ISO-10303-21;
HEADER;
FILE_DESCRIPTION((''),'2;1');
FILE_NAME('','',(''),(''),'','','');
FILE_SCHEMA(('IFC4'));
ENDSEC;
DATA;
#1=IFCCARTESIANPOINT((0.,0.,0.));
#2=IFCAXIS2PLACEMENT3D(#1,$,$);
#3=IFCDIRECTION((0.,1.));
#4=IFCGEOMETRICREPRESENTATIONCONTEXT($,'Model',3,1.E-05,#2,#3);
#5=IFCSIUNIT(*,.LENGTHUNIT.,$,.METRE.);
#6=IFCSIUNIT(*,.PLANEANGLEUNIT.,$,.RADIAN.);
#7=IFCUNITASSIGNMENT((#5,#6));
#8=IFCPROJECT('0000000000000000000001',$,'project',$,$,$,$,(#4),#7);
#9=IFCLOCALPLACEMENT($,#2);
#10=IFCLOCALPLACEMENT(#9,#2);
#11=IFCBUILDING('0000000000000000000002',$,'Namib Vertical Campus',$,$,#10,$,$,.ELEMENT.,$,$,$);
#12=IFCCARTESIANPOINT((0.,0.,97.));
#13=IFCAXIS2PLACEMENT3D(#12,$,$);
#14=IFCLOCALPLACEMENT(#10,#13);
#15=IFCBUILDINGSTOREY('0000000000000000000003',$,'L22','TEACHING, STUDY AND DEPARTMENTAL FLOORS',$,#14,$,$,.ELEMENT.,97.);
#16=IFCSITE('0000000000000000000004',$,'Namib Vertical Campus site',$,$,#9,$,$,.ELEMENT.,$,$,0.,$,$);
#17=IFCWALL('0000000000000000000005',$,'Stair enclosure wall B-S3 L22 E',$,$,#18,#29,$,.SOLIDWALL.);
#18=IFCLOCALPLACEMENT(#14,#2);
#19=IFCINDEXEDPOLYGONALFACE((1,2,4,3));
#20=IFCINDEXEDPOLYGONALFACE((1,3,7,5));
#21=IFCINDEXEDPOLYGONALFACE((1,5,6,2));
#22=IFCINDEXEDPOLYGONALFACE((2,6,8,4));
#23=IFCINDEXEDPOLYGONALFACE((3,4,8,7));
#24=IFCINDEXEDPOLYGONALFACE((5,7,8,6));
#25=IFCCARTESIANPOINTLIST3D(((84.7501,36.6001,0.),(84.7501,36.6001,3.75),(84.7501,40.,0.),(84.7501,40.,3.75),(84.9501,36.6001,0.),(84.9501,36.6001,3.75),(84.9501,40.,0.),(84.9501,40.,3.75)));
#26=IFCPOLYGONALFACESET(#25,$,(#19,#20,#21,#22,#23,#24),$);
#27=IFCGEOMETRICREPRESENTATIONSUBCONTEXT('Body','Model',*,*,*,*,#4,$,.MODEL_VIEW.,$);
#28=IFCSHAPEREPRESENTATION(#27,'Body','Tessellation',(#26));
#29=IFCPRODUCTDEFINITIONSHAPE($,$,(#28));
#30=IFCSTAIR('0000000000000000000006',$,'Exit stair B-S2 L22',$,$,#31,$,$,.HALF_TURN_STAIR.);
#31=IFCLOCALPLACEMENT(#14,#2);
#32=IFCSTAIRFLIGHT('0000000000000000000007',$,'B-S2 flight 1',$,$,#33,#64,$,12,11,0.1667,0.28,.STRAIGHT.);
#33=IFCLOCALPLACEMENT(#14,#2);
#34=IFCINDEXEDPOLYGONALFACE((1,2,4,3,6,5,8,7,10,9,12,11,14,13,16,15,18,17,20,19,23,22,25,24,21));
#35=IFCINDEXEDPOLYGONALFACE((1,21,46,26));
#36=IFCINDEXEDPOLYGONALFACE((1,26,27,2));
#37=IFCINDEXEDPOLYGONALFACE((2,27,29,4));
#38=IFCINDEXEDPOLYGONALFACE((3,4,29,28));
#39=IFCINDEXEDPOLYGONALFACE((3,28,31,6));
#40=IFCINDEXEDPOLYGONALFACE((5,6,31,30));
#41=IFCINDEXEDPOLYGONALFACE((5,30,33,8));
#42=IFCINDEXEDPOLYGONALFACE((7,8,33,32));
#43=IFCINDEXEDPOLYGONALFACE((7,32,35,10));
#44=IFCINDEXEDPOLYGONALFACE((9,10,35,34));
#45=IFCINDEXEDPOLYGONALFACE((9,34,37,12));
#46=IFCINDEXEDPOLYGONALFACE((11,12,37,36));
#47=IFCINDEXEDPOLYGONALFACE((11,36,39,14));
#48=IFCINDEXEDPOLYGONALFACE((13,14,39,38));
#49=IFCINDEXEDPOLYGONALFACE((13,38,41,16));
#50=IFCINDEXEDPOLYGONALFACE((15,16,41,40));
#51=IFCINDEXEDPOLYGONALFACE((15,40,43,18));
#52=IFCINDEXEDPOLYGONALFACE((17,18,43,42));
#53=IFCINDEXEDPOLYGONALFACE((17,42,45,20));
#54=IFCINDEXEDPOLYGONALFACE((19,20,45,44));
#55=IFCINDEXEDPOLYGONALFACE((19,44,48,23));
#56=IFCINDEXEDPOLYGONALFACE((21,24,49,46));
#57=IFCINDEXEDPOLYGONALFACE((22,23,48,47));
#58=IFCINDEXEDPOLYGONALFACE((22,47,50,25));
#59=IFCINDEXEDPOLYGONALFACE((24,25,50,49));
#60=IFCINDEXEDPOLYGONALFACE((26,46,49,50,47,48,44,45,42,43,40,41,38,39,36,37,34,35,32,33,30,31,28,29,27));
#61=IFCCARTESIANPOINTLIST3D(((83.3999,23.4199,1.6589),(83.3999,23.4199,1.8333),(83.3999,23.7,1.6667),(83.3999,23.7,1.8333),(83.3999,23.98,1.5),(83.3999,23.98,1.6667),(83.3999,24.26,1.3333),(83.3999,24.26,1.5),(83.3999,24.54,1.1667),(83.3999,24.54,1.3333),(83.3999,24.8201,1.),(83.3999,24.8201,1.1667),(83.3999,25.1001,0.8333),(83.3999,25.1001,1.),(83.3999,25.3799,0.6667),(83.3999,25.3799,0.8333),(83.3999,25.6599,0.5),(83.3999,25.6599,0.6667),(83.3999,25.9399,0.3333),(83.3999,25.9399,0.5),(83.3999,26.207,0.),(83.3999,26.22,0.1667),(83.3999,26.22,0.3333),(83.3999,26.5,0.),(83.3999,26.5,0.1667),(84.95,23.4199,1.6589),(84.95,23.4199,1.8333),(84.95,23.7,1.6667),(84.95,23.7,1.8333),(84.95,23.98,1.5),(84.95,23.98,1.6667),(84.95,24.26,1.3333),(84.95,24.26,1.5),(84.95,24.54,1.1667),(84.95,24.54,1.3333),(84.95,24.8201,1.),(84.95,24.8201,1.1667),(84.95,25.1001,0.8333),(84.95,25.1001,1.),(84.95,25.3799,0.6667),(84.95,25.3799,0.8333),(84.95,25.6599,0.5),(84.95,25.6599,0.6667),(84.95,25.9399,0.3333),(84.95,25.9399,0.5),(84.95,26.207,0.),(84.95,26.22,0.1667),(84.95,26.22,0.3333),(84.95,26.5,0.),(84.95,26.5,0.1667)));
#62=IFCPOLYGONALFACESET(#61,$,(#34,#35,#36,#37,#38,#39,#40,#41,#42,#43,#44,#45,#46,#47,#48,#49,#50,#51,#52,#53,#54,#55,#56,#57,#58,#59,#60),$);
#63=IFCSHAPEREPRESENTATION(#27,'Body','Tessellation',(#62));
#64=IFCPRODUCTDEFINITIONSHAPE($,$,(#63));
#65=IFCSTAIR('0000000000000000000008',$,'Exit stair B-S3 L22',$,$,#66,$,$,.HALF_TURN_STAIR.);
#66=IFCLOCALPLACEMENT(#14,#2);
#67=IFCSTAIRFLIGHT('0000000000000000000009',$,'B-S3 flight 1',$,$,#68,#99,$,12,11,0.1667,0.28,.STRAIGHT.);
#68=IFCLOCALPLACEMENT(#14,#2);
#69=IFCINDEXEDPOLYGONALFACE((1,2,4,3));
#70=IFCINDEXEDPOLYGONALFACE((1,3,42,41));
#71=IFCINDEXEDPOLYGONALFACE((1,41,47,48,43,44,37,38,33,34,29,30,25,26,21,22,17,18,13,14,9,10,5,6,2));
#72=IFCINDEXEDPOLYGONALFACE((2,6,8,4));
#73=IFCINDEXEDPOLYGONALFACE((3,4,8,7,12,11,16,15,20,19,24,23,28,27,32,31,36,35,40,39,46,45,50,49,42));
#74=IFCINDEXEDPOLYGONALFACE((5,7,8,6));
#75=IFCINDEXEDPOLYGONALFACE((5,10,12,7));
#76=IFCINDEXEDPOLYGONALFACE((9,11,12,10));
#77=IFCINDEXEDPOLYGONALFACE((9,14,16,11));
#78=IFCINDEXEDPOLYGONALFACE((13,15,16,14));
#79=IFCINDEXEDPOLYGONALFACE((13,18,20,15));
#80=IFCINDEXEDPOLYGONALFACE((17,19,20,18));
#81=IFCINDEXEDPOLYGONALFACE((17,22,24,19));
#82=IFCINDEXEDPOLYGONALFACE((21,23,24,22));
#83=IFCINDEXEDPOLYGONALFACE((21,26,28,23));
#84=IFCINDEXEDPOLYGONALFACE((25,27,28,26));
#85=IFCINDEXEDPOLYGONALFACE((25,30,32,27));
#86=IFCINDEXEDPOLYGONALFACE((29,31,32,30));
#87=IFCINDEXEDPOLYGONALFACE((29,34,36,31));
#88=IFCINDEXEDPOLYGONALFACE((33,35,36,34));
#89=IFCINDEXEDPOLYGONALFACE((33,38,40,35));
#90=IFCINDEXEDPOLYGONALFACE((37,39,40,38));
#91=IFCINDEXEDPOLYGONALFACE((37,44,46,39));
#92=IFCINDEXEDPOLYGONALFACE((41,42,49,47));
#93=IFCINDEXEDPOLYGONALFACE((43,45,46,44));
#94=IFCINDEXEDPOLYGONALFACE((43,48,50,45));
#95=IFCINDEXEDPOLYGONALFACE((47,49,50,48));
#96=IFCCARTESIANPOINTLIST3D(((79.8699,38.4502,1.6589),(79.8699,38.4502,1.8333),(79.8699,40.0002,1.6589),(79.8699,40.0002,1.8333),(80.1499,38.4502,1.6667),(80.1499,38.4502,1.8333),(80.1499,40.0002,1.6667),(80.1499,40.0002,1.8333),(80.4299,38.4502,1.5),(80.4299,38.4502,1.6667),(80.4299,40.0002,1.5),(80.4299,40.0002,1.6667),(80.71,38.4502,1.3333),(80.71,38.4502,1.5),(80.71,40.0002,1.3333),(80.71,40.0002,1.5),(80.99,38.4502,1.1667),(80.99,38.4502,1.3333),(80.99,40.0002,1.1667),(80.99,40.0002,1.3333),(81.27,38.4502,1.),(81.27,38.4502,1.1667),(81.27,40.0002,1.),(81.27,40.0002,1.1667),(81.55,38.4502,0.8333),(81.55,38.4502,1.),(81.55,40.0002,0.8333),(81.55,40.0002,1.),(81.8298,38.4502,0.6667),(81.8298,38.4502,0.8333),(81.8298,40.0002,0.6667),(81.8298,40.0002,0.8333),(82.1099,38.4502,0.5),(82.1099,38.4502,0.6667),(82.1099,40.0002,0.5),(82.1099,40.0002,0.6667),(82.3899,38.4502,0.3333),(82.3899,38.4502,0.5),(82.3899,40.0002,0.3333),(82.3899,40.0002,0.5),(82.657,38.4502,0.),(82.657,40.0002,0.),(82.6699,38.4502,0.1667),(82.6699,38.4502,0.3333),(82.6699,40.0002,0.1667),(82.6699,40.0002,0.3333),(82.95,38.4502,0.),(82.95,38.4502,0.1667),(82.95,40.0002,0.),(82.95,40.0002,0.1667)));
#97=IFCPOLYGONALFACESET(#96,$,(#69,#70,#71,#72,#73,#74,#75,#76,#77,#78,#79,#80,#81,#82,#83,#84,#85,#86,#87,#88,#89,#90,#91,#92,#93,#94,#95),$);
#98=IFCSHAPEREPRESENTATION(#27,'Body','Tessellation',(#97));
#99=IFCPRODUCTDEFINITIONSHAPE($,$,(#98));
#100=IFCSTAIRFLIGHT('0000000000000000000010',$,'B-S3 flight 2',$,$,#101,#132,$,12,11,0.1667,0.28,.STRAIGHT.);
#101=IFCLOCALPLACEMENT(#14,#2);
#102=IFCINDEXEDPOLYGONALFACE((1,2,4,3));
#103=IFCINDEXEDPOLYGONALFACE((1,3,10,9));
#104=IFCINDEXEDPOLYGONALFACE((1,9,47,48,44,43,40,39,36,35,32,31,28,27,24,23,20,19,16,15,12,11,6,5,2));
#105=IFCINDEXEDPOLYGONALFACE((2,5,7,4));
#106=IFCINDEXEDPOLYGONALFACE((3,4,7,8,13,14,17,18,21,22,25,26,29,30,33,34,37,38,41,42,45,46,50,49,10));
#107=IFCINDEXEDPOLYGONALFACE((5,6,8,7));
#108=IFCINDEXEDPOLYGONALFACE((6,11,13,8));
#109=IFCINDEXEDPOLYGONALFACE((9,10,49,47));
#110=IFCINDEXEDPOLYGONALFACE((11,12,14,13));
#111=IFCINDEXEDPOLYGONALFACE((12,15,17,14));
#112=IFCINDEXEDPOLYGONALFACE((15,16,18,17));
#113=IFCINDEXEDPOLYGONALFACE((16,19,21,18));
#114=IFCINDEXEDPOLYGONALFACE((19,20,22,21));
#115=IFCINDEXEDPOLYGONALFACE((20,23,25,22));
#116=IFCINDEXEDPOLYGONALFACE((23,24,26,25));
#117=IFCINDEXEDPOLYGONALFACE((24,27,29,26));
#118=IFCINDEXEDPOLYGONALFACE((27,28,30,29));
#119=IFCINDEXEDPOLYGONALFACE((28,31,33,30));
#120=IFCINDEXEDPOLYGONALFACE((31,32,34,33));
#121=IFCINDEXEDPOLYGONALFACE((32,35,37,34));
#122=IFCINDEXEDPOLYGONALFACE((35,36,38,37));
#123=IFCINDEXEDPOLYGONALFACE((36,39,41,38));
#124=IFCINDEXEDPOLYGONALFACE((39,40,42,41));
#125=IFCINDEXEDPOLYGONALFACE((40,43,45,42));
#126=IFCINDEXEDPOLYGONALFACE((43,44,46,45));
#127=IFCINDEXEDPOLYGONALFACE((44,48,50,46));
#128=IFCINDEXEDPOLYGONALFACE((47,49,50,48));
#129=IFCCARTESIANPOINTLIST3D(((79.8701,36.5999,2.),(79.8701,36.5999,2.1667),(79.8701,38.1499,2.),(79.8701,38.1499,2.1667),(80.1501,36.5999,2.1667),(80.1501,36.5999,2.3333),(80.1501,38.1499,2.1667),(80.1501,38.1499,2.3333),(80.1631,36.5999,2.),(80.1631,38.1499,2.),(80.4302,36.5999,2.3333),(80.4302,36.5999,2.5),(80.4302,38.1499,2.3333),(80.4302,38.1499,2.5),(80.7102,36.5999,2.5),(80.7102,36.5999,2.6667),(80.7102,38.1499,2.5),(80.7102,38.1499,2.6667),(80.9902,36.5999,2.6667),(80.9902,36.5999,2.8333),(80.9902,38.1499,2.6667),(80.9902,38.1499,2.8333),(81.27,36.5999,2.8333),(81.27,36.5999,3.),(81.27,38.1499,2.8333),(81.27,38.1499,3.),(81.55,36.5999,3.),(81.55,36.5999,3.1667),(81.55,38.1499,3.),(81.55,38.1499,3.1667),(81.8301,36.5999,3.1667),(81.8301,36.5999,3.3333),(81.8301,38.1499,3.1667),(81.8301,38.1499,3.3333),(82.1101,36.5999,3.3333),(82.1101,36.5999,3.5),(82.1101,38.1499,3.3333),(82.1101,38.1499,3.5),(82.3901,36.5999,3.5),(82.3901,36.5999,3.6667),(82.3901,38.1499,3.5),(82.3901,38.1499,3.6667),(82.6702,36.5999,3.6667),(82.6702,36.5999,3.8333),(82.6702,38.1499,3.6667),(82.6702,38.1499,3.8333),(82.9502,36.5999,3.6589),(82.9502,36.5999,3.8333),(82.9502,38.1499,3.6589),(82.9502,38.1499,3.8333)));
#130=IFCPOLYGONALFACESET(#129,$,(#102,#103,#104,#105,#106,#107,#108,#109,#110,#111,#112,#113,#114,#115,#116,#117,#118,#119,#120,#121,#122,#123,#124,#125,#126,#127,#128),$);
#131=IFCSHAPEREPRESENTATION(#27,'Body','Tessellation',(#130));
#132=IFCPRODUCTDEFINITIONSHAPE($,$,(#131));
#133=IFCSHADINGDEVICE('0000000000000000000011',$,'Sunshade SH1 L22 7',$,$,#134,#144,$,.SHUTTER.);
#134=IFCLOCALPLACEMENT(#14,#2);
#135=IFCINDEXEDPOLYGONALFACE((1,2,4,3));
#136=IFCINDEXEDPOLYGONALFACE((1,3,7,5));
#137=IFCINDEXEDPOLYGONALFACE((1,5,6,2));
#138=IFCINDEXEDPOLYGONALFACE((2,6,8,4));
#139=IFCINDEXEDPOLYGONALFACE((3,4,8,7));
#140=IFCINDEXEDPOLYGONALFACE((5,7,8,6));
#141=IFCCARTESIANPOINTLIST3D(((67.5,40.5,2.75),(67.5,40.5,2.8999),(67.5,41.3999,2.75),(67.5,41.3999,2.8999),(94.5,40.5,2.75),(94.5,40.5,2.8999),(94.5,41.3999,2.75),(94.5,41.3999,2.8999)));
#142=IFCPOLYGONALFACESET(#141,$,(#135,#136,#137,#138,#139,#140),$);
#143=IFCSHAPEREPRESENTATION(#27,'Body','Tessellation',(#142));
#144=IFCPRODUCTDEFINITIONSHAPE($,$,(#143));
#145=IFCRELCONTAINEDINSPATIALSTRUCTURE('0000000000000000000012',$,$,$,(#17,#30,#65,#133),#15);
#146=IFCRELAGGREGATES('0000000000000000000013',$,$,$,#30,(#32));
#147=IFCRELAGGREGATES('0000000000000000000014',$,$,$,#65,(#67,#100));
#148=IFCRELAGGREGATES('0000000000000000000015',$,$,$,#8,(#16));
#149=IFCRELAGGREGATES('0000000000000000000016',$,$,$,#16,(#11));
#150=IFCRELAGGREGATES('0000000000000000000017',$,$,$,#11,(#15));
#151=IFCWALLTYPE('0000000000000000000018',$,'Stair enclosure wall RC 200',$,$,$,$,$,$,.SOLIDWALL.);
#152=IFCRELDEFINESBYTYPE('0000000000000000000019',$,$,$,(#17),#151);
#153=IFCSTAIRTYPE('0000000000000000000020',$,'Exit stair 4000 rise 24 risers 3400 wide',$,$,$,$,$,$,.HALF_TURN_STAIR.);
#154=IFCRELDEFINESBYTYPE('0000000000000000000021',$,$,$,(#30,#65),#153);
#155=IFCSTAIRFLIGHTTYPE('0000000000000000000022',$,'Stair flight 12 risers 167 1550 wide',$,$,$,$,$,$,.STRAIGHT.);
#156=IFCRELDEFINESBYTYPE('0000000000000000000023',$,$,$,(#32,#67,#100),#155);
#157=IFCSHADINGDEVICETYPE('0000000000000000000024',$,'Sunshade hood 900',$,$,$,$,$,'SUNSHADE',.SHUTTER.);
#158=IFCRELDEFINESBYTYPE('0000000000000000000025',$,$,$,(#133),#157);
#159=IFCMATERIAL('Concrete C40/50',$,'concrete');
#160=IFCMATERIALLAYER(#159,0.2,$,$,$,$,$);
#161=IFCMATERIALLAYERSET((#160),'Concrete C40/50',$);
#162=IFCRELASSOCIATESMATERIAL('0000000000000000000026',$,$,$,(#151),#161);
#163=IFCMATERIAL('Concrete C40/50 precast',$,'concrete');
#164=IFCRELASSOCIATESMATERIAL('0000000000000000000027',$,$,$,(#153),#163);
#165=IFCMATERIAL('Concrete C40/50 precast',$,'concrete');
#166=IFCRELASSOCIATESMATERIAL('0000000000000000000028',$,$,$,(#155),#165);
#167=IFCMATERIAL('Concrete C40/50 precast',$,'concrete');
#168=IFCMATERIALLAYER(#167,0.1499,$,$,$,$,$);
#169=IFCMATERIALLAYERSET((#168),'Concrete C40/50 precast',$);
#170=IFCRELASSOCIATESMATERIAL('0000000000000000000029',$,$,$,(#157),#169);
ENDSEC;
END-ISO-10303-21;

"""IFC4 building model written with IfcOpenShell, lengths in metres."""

from ifc_helpers import new_model, si_unit, direction, frame, frame_2d, origin, origin_2d, place, context, subcontext, project, spatial, polyline, rectangle, outline, extrude, material, layer, layer_set, type_object, element, aggregate, save


model = new_model("IFC4")

# Units and contexts
model_context = context("Model", 3, precision=1e-05, world=origin(), true_north=direction((0.0, 1.0)))
body_context = subcontext(model_context, "Body", "Model", "MODEL_VIEW")
ifc_project = project(units=[si_unit("LENGTHUNIT", "METRE"), si_unit("PLANEANGLEUNIT", "RADIAN")], contexts=[model_context])

# Site, building, storey
site_placement = place(None, origin())
site = spatial("IfcSite", under=ifc_project, at=site_placement, Name="Namib Vertical Campus site", CompositionType="ELEMENT", RefElevation=0.0)
building_placement = place(site_placement, origin())
building = spatial("IfcBuilding", under=site, at=building_placement, Name="Namib Vertical Campus", CompositionType="ELEMENT")
storey_placement = place(building_placement, frame((0.0, 0.0, 97.0)))
storey = spatial("IfcBuildingStorey", under=building, at=storey_placement, Name="L22", Description="TEACHING, STUDY AND DEPARTMENTAL FLOORS", CompositionType="ELEMENT", Elevation=97.0)

# Wall
ifc_material_1 = material(Name="Concrete C40/50", Category="concrete")
ifc_layer_1 = layer(ifc_material_1, 0.2)
ifc_layer_set_1 = layer_set([ifc_layer_1], Name="Concrete C40/50")
wall_type_1 = type_object("IfcWallType", Name="Stair enclosure wall RC 200", PredefinedType="SOLIDWALL", material=ifc_layer_set_1)
for number, where, z_axis, x_axis, name in (
    (1, (84.8501, 36.6001, 0.0), (0.0, 0.0, 1.0), (0.0, 1.0, 0.0), "Stair enclosure wall B-S3 L22 E"),
):
    element("IfcWall", number, at=place(storey_placement, frame(where, z_axis=z_axis, x_axis=x_axis)), inside=storey, type_object=wall_type_1, Name=name, PredefinedType="SOLIDWALL", context=body_context, shape_type="SweptSolid", body=[
        extrude(rectangle(XDim=3.3999, YDim=0.2, at=frame_2d((1.7, 0.0))), origin(), (0.0, 0.0, 1.0), 3.75),
    ])

# Stair, stair flight
ifc_material_2 = material(Name="Concrete C40/50 precast", Category="concrete")
stair_type = type_object("IfcStairType", Name="Exit stair 4000 rise 24 risers 3400 wide", PredefinedType="HALF_TURN_STAIR", material=ifc_material_2)
stair_1_placement = place(storey_placement, origin())
stair_1 = element("IfcStair", 2, at=stair_1_placement, inside=storey, type_object=stair_type, Name="Exit stair B-S2 L22", PredefinedType="HALF_TURN_STAIR")
ifc_material_3 = material(Name="Concrete C40/50 precast", Category="concrete")
stair_flight_type = type_object("IfcStairFlightType", Name="Stair flight 12 risers 167 1550 wide", PredefinedType="STRAIGHT", material=ifc_material_3)
stair_flight_1_placement = place(storey_placement, frame((84.175, 26.5, 0.0), z_axis=(0.0, 0.0, 1.0), x_axis=(0.0, -1.0, 0.0)))
stair_flight_1 = element("IfcStairFlight", 3, at=stair_flight_1_placement, type_object=stair_flight_type, Name="B-S2 flight 1", NumberOfRisers=12, NumberOfTreads=11, PredefinedType="STRAIGHT", RiserHeight=0.1667, TreadLength=0.28, context=body_context, shape_type="SweptSolid", body=[
    extrude(outline(polyline([(0.0, 0.0), (0.0, 0.1667), (0.28, 0.1667), (0.28, 0.3333), (0.5601, 0.3333), (0.5601, 0.5), (0.8401, 0.5), (0.8401, 0.6667), (1.1201, 0.6667), (1.1201, 0.8333), (1.3999, 0.8333), (1.3999, 1.0), (1.6799, 1.0), (1.6799, 1.1667), (1.96, 1.1667), (1.96, 1.3333), (2.24, 1.3333), (2.24, 1.5), (2.52, 1.5), (2.52, 1.6667), (2.8, 1.6667), (2.8, 1.8333), (3.0801, 1.8333), (3.0801, 2.0), (3.0801, 1.6589), (0.293, 0.0), (0.0, 0.0)])), frame((0.0, 0.7749, 0.0), z_axis=(0.0, -1.0, 0.0), x_axis=(1.0, 0.0, 0.0)), (0.0, 0.0, 1.0), 1.55),
])
aggregate(stair_1, [stair_flight_1])

# Stair, stair flights
stair_2_placement = place(storey_placement, origin())
stair_2 = element("IfcStair", 4, at=stair_2_placement, inside=storey, type_object=stair_type, Name="Exit stair B-S3 L22", PredefinedType="HALF_TURN_STAIR")
stair_flight_2_placement = place(storey_placement, frame((82.95, 39.2251, 0.0), z_axis=(0.0, 0.0, 1.0), x_axis=(-1.0, 0.0, 0.0)))
stair_flight_2 = element("IfcStairFlight", 5, at=stair_flight_2_placement, type_object=stair_flight_type, Name="B-S3 flight 1", NumberOfRisers=12, NumberOfTreads=11, PredefinedType="STRAIGHT", RiserHeight=0.1667, TreadLength=0.28, context=body_context, shape_type="SweptSolid", body=[
    extrude(outline(polyline([(0.0, 0.0), (0.0, 0.1667), (0.28, 0.1667), (0.28, 0.3333), (0.5601, 0.3333), (0.5601, 0.5), (0.8401, 0.5), (0.8401, 0.6667), (1.1201, 0.6667), (1.1201, 0.8333), (1.3999, 0.8333), (1.3999, 1.0), (1.6799, 1.0), (1.6799, 1.1667), (1.96, 1.1667), (1.96, 1.3333), (2.24, 1.3333), (2.24, 1.5), (2.52, 1.5), (2.52, 1.6667), (2.8, 1.6667), (2.8, 1.8333), (3.0801, 1.8333), (3.0801, 2.0), (3.0801, 1.6589), (0.293, 0.0), (0.0, 0.0)])), frame((0.0, 0.7749, 0.0), z_axis=(0.0, -1.0, 0.0), x_axis=(1.0, 0.0, 0.0)), (0.0, 0.0, 1.0), 1.55),
])
stair_flight_3_placement = place(storey_placement, frame((79.8701, 37.375, 2.0), z_axis=(0.0, 0.0, 1.0), x_axis=(1.0, 0.0, 0.0)))
stair_flight_3 = element("IfcStairFlight", 6, at=stair_flight_3_placement, type_object=stair_flight_type, Name="B-S3 flight 2", NumberOfRisers=12, NumberOfTreads=11, PredefinedType="STRAIGHT", RiserHeight=0.1667, TreadLength=0.28, context=body_context, shape_type="SweptSolid", body=[
    extrude(outline(polyline([(0.0, 0.0), (0.0, 0.1667), (0.28, 0.1667), (0.28, 0.3333), (0.5601, 0.3333), (0.5601, 0.5), (0.8401, 0.5), (0.8401, 0.6667), (1.1201, 0.6667), (1.1201, 0.8333), (1.3999, 0.8333), (1.3999, 1.0), (1.6799, 1.0), (1.6799, 1.1667), (1.96, 1.1667), (1.96, 1.3333), (2.24, 1.3333), (2.24, 1.5), (2.52, 1.5), (2.52, 1.6667), (2.8, 1.6667), (2.8, 1.8333), (3.0801, 1.8333), (3.0801, 2.0), (3.0801, 1.6589), (0.293, 0.0), (0.0, 0.0)])), frame((0.0, 0.7749, 0.0), z_axis=(0.0, -1.0, 0.0), x_axis=(1.0, 0.0, 0.0)), (0.0, 0.0, 1.0), 1.55),
])
aggregate(stair_2, [stair_flight_2, stair_flight_3])

# Shading device
ifc_material_4 = material(Name="Concrete C40/50 precast", Category="concrete")
ifc_layer_2 = layer(ifc_material_4, 0.1499)
ifc_layer_set_2 = layer_set([ifc_layer_2], Name="Concrete C40/50 precast")
shading_device_type = type_object("IfcShadingDeviceType", Name="Sunshade hood 900", ElementType="SUNSHADE", PredefinedType="SHUTTER", material=ifc_layer_set_2)
shading_device_placement = place(storey_placement, frame((81.0, 40.95, 2.75), z_axis=(0.0, 0.0, 1.0), x_axis=(-1.0, 0.0, 0.0)))
element("IfcShadingDevice", 7, at=shading_device_placement, inside=storey, type_object=shading_device_type, Name="Sunshade SH1 L22 7", PredefinedType="SHUTTER", context=body_context, shape_type="SweptSolid", body=[
    extrude(rectangle(XDim=27.0, YDim=0.8999, at=origin_2d()), origin(), (0.0, 0.0, 1.0), 0.1499),
])

save(model, "model.ifc")
